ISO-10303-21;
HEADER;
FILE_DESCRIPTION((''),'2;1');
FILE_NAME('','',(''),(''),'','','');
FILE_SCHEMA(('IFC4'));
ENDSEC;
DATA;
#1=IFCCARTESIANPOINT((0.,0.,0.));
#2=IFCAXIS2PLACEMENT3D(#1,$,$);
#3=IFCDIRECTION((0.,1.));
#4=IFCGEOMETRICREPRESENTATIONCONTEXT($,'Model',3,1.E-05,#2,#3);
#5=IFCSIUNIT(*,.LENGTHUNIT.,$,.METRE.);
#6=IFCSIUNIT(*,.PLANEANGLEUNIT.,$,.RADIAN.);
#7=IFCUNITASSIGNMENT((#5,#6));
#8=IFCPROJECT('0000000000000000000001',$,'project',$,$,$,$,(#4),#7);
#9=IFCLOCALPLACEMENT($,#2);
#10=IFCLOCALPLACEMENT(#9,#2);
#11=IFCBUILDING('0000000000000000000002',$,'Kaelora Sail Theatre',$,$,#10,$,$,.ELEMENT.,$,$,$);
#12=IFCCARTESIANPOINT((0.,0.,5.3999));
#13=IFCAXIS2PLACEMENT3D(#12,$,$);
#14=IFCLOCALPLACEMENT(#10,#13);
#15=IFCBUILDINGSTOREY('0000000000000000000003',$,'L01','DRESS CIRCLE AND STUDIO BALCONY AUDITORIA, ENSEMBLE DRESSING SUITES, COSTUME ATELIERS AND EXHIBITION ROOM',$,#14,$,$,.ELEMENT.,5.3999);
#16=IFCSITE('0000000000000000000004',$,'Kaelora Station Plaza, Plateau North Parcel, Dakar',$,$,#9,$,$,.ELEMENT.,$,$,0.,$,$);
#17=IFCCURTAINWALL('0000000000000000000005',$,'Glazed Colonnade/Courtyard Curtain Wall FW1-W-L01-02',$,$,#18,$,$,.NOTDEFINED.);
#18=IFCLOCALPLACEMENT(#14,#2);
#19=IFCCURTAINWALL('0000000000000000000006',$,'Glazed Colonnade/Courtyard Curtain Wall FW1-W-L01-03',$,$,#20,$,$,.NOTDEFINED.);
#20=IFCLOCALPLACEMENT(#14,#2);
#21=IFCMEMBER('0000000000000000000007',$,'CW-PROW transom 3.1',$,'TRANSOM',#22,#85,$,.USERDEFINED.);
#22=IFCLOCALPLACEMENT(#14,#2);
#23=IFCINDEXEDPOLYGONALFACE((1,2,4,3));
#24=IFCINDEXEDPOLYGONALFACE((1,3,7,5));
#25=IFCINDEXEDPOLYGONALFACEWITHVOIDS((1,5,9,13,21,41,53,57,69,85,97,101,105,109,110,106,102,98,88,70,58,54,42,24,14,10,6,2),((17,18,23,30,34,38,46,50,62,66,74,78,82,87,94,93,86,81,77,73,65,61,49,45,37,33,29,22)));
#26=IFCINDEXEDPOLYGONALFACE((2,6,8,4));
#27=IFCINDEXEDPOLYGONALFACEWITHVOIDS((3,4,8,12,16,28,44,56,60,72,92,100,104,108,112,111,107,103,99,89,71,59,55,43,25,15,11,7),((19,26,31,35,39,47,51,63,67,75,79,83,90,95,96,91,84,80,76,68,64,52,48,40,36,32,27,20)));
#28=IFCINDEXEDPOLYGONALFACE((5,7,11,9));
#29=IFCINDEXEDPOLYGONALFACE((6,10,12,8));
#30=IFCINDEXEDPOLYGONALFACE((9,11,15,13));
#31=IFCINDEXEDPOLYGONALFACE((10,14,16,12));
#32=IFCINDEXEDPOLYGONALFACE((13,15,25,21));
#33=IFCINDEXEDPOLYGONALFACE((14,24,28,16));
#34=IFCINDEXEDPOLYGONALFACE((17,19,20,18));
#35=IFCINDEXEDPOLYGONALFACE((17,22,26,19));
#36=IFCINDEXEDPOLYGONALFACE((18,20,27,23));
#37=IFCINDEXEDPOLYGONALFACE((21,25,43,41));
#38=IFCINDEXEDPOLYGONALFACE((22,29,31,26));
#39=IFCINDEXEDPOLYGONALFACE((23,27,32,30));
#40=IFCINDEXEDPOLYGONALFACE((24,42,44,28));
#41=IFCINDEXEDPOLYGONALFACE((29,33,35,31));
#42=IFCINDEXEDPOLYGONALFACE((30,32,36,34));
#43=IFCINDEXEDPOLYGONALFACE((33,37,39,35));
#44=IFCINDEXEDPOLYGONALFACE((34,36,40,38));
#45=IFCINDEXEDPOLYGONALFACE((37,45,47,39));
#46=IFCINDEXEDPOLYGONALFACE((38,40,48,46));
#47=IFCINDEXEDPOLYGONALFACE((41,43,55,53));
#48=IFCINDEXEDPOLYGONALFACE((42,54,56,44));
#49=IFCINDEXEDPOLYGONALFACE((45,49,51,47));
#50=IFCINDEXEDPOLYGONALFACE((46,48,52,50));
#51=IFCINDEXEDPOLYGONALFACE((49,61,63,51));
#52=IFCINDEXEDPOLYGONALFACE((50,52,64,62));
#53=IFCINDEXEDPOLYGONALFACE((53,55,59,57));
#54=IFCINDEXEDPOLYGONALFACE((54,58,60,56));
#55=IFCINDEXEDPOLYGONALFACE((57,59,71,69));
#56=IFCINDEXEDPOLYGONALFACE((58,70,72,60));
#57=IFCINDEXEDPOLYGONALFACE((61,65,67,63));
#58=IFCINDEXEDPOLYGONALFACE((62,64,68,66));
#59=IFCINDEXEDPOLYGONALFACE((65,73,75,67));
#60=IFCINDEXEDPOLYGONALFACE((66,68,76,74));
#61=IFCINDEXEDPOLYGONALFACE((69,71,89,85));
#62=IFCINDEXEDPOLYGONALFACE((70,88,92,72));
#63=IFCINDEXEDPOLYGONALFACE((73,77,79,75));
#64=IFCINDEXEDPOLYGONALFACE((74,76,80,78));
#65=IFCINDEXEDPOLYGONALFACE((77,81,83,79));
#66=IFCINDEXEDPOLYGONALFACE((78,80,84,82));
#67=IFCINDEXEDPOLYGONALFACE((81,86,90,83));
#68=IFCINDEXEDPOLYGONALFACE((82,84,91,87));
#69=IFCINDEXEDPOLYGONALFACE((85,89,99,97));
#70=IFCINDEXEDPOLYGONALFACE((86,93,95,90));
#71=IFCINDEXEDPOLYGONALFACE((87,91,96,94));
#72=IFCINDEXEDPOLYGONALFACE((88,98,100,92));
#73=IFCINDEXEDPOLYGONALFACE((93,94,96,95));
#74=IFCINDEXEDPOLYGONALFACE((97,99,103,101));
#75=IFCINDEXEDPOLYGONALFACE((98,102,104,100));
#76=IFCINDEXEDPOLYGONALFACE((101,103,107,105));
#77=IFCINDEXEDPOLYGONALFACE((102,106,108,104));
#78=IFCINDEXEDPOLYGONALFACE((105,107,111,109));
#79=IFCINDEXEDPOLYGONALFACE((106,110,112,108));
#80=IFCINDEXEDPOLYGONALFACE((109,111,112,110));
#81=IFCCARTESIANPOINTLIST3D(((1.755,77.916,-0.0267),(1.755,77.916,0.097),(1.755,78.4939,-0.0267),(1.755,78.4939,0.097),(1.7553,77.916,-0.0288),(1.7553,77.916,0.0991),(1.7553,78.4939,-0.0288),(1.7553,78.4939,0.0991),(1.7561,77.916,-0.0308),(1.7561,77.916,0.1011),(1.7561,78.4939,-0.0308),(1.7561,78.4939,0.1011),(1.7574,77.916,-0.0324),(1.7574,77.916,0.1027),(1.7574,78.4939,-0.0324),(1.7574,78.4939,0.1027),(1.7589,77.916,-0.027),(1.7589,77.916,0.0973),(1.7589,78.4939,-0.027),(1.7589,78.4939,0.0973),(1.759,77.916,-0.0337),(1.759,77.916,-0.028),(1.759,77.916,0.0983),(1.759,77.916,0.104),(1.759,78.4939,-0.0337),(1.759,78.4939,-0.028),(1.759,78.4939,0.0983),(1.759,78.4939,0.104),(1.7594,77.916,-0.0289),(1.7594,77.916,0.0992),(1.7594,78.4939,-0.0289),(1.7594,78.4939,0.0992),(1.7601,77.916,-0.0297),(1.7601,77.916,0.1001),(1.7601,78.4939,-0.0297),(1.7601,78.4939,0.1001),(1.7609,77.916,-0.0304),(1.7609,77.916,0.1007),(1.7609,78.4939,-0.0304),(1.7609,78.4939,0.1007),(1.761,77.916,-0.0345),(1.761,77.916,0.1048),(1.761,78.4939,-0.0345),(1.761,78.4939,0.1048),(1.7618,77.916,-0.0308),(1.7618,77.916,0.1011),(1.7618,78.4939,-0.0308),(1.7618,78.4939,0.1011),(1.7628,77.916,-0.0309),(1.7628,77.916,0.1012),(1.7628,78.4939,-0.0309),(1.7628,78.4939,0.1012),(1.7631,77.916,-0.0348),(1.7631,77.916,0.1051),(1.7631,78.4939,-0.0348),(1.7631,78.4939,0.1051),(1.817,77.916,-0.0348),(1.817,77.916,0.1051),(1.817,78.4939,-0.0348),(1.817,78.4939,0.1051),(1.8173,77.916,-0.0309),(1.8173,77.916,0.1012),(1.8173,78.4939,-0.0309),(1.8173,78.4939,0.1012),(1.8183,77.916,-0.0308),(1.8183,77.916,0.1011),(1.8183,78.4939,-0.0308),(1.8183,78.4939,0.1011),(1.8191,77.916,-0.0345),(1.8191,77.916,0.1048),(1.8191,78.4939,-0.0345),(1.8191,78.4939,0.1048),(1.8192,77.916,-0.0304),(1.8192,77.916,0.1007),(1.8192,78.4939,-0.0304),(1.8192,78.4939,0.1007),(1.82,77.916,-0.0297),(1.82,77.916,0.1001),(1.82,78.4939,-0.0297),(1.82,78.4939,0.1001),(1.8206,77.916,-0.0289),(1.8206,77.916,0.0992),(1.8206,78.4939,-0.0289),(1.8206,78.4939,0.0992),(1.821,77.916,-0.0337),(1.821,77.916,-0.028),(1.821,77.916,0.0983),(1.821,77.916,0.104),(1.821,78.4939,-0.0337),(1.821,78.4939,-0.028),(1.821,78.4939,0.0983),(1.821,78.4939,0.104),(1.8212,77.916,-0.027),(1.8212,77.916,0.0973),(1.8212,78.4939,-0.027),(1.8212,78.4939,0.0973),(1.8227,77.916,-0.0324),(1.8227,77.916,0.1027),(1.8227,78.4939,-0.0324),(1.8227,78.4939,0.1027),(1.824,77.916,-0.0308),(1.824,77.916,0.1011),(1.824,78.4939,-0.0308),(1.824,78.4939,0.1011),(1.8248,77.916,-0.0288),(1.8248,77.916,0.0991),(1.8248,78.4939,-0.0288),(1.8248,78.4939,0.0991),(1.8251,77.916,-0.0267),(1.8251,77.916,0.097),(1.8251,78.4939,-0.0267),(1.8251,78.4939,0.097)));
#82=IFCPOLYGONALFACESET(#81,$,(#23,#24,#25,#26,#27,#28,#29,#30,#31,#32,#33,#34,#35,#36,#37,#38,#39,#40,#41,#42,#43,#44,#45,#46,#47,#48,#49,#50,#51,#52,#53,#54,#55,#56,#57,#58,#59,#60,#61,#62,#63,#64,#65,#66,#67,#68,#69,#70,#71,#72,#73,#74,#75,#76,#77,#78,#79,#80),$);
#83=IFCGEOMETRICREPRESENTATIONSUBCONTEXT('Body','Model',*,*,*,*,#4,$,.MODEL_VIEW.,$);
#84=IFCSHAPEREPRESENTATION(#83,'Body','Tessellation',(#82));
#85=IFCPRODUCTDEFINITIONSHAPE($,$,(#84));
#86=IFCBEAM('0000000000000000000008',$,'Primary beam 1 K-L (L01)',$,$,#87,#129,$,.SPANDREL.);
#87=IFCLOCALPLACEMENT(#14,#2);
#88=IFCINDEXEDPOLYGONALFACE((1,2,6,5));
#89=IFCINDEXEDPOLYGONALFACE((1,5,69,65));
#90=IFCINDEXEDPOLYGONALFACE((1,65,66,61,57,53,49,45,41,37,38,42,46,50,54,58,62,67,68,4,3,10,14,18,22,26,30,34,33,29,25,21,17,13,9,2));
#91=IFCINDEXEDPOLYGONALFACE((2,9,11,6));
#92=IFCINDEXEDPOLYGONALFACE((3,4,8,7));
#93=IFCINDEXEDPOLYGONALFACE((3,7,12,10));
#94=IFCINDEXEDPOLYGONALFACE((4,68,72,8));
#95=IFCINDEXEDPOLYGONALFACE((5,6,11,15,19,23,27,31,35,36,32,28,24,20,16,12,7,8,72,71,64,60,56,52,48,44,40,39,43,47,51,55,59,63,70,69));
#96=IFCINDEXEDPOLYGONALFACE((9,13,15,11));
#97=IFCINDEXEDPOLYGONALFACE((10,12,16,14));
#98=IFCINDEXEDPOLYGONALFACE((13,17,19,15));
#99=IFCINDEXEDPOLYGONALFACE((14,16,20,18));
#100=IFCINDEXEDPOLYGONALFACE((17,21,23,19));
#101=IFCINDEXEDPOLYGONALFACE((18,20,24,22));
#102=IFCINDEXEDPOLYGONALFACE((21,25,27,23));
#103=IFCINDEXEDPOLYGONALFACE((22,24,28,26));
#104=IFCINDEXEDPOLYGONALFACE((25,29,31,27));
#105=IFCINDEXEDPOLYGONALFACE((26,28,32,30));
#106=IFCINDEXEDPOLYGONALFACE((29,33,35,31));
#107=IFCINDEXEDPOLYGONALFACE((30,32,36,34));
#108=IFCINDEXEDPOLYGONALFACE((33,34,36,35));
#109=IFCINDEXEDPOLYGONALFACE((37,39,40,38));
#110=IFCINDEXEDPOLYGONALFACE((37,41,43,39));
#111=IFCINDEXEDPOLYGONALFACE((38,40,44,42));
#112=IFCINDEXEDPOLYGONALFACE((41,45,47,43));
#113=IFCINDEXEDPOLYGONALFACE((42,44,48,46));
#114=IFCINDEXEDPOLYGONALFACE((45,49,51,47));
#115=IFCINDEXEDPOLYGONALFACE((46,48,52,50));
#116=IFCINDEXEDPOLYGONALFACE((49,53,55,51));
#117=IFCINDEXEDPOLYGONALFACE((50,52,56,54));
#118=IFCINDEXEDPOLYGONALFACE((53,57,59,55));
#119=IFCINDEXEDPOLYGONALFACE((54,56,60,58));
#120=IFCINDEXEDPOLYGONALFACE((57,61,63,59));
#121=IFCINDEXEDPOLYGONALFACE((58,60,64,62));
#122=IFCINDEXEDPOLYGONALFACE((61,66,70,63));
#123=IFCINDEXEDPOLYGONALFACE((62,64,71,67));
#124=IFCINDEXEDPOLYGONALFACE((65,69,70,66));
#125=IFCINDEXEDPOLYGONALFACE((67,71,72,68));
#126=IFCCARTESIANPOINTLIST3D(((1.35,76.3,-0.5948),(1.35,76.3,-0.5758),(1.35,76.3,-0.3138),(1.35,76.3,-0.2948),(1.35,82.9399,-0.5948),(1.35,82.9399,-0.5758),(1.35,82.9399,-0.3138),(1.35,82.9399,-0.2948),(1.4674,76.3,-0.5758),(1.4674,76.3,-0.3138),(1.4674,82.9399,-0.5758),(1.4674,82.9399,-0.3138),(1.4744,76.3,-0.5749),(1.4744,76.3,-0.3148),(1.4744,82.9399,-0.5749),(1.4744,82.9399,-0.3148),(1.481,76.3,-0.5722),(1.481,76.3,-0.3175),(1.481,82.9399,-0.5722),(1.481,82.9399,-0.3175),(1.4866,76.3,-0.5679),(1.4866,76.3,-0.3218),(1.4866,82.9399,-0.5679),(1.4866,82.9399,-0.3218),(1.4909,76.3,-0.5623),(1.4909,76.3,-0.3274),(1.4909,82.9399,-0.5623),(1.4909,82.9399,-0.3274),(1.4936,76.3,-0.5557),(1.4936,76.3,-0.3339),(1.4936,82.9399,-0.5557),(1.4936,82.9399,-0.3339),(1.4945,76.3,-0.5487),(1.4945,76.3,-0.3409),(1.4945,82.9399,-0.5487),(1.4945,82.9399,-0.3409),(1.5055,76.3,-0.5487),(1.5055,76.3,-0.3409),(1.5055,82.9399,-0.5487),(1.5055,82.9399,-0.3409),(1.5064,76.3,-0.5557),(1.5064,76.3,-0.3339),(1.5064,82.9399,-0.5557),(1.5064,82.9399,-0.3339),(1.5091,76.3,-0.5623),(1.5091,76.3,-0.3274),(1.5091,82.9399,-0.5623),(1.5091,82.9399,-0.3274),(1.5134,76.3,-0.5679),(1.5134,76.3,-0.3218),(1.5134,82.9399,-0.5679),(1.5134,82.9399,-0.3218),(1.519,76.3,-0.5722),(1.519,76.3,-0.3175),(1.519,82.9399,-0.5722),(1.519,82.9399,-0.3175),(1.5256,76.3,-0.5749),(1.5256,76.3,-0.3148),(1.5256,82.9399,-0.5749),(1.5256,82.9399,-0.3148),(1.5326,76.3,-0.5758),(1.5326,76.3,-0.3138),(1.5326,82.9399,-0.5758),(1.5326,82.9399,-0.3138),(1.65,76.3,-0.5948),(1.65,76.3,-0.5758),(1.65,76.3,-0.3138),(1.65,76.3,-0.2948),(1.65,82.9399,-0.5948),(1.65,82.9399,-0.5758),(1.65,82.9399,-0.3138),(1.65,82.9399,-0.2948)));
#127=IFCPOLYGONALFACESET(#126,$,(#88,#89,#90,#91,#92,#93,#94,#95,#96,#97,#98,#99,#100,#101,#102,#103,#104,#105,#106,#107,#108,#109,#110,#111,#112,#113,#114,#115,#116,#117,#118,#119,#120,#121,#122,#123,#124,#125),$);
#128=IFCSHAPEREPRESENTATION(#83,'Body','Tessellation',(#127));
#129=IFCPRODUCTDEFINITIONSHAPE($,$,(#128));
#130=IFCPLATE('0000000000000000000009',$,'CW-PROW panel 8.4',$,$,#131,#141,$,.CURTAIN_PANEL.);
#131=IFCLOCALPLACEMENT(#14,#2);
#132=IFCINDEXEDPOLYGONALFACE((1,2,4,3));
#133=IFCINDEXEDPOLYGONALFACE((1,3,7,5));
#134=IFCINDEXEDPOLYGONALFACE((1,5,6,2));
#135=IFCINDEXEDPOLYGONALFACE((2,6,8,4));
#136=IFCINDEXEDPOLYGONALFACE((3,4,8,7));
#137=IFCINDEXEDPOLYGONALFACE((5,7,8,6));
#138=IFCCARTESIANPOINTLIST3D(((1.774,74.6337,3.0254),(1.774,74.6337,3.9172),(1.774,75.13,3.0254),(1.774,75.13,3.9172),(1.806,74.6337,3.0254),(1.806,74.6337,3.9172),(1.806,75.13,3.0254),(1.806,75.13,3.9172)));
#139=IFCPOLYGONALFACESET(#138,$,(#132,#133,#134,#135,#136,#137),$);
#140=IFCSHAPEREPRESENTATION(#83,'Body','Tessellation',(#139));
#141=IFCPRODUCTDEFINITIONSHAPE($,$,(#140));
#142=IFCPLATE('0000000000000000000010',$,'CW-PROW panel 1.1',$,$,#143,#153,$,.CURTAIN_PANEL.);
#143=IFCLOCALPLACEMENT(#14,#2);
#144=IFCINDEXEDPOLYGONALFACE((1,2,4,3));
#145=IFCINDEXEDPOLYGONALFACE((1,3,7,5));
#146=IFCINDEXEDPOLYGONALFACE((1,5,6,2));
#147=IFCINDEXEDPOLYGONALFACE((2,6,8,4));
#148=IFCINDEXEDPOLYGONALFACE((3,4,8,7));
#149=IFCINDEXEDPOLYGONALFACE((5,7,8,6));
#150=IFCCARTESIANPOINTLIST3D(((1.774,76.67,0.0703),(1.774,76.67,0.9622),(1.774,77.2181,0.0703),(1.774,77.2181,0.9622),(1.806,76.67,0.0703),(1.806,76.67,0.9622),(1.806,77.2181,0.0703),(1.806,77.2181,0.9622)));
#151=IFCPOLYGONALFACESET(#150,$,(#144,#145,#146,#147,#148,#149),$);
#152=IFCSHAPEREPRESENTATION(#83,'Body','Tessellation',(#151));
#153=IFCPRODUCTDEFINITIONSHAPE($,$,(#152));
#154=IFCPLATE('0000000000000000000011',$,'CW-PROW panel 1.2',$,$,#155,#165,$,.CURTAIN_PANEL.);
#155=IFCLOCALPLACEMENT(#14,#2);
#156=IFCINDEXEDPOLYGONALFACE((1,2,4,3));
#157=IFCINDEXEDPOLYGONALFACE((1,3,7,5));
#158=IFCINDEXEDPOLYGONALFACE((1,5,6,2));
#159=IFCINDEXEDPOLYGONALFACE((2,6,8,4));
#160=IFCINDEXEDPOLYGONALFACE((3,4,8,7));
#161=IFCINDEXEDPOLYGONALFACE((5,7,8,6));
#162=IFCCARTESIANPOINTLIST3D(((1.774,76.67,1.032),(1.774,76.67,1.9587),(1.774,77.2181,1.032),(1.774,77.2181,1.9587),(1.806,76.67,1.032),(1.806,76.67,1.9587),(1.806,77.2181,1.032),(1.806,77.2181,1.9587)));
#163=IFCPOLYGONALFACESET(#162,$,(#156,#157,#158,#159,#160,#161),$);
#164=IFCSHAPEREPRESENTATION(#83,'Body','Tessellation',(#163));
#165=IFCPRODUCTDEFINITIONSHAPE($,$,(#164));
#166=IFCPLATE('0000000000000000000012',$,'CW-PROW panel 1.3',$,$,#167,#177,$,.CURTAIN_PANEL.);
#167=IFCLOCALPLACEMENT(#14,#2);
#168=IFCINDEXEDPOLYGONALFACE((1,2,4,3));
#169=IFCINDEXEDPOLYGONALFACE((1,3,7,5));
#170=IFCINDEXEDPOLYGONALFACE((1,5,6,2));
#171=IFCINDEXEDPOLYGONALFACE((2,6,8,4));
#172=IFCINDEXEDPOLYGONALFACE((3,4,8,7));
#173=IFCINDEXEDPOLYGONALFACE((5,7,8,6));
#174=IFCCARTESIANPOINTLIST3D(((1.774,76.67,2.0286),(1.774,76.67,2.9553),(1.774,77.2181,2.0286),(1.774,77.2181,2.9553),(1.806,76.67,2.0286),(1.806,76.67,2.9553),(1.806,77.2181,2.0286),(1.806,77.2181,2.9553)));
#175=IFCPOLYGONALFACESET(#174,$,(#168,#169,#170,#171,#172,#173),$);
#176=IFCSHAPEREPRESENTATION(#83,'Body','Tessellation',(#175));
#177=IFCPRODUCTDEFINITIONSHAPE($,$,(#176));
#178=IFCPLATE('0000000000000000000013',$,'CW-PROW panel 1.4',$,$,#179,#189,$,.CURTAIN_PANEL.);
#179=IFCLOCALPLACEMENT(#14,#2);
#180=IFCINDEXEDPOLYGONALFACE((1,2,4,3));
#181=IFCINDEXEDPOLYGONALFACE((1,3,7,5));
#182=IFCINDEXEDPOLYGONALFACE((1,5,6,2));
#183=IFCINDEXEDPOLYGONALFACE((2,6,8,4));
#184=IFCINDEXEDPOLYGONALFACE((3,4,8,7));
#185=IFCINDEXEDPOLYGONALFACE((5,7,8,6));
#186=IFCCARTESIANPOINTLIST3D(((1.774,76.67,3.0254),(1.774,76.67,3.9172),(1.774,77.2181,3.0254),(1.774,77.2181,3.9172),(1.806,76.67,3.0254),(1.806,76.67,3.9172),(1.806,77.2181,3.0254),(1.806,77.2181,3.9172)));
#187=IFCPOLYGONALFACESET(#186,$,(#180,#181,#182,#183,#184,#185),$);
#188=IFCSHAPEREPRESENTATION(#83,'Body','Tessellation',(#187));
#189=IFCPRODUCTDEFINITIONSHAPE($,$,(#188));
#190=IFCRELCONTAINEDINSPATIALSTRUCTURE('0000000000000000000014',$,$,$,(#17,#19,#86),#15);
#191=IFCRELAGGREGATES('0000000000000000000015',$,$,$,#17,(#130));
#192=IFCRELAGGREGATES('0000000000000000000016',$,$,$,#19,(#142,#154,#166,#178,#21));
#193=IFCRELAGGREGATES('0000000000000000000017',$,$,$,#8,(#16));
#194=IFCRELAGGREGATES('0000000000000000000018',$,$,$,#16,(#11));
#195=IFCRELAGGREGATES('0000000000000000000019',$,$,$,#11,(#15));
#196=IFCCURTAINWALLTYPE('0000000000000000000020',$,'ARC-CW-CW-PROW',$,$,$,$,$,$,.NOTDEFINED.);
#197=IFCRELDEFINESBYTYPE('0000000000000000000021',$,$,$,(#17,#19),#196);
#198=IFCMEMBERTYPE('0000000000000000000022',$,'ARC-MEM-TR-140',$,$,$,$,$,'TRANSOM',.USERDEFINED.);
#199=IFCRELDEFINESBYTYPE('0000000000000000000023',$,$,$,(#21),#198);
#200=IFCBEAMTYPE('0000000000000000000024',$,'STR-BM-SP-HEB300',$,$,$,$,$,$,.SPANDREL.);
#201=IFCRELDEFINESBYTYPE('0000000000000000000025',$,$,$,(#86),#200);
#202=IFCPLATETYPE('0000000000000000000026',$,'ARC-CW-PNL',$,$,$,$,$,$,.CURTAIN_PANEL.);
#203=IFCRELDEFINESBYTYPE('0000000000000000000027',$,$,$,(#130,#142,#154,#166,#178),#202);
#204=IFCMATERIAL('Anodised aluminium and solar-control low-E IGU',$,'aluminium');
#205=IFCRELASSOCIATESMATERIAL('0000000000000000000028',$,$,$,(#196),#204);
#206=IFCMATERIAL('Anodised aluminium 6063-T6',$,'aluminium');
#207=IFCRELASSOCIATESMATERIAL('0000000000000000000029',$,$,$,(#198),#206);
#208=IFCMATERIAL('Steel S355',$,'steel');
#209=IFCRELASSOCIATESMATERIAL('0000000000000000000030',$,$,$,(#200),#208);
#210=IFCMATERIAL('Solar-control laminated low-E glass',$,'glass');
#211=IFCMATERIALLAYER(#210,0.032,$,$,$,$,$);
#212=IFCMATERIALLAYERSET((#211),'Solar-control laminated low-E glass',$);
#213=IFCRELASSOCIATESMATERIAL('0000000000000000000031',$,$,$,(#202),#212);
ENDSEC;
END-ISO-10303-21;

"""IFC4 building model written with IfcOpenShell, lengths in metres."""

from ifc_helpers import new_model, si_unit, direction, frame, origin, origin_2d, place, context, subcontext, project, spatial, rectangle, hollow_rectangle, i_section, extrude, material, layer, layer_set, material_profile, profile_set, type_object, element, aggregate, save


model = new_model("IFC4")

# Units and contexts
model_context = context("Model", 3, precision=1e-05, world=origin(), true_north=direction((0.0, 1.0)))
body_context = subcontext(model_context, "Body", "Model", "MODEL_VIEW")
ifc_project = project(units=[si_unit("LENGTHUNIT", "METRE"), si_unit("PLANEANGLEUNIT", "RADIAN")], contexts=[model_context])

# Site, building, storey
site_placement = place(None, origin())
site = spatial("IfcSite", under=ifc_project, at=site_placement, Name="Kaelora Station Plaza, Plateau North Parcel, Dakar", CompositionType="ELEMENT", RefElevation=0.0)
building_placement = place(site_placement, origin())
building = spatial("IfcBuilding", under=site, at=building_placement, Name="Kaelora Sail Theatre", CompositionType="ELEMENT")
storey_placement = place(building_placement, frame((0.0, 0.0, 5.3999)))
storey = spatial("IfcBuildingStorey", under=building, at=storey_placement, Name="L01", Description="DRESS CIRCLE AND STUDIO BALCONY AUDITORIA, ENSEMBLE DRESSING SUITES, COSTUME ATELIERS AND EXHIBITION ROOM", CompositionType="ELEMENT", Elevation=5.3999)

# Curtain wall
ifc_material_1 = material(Name="Anodised aluminium and solar-control low-E IGU", Category="aluminium")
curtain_wall_type = type_object("IfcCurtainWallType", Name="ARC-CW-CW-PROW", PredefinedType="NOTDEFINED", material=ifc_material_1)
curtain_wall_1_placement = place(storey_placement, origin())
curtain_wall_1 = element("IfcCurtainWall", 1, at=curtain_wall_1_placement, inside=storey, type_object=curtain_wall_type, Name="Glazed Colonnade/Courtyard Curtain Wall FW1-W-L01-02", PredefinedType="NOTDEFINED")

# Curtain wall, member
curtain_wall_2_placement = place(storey_placement, origin())
curtain_wall_2 = element("IfcCurtainWall", 2, at=curtain_wall_2_placement, inside=storey, type_object=curtain_wall_type, Name="Glazed Colonnade/Courtyard Curtain Wall FW1-W-L01-03", PredefinedType="NOTDEFINED")
ifc_material_2 = material(Name="Anodised aluminium 6063-T6", Category="aluminium")
ifc_material_profile_1 = material_profile(ifc_material_2, hollow_rectangle(XDim=0.0701, YDim=0.1399, WallThickness=0.0039, InnerFilletRadius=0.0039, OuterFilletRadius=0.0081, at=origin_2d()), Name="ALU-TRAN 70x140x4")
ifc_profile_set_1 = profile_set([ifc_material_profile_1], Name="Anodised aluminium 6063-T6")
member_type_1 = type_object("IfcMemberType", Name="ARC-MEM-TR-140", ElementType="TRANSOM", PredefinedType="USERDEFINED", material=ifc_profile_set_1)
member_1_placement = place(storey_placement, frame((1.79, 77.916, 0.0352), z_axis=(0.0, 1.0, 0.0), x_axis=(-1.0, 0.0, 0.0)))
member_1 = element("IfcMember", 3, at=member_1_placement, type_object=member_type_1, Name="CW-PROW transom 3.1", ObjectType="TRANSOM", PredefinedType="USERDEFINED", context=body_context, shape_type="SweptSolid", body=[
    extrude(hollow_rectangle(XDim=0.0701, YDim=0.1399, WallThickness=0.0039, InnerFilletRadius=0.0039, OuterFilletRadius=0.0081, at=origin_2d()), origin(), (0.0, 0.0, 1.0), 0.5779),
])

# Beam
ifc_material_3 = material(Name="Steel S355", Category="steel")
ifc_material_profile_2 = material_profile(ifc_material_3, i_section(OverallWidth=0.3, OverallDepth=0.3, WebThickness=0.011, FlangeThickness=0.019, FilletRadius=0.0271, at=origin_2d()), Name="HEB 300")
ifc_profile_set_2 = profile_set([ifc_material_profile_2], Name="Steel S355")
beam_type = type_object("IfcBeamType", Name="STR-BM-SP-HEB300", PredefinedType="SPANDREL", material=ifc_profile_set_2)
beam_placement = place(storey_placement, frame((1.5, 76.3, -0.4448), z_axis=(0.0, 1.0, 0.0), x_axis=(-1.0, 0.0, 0.0)))
element("IfcBeam", 4, at=beam_placement, inside=storey, type_object=beam_type, Name="Primary beam 1 K-L (L01)", PredefinedType="SPANDREL", context=body_context, shape_type="SweptSolid", body=[
    extrude(i_section(OverallWidth=0.3, OverallDepth=0.3, WebThickness=0.011, FlangeThickness=0.019, FilletRadius=0.0271, at=origin_2d()), origin(), (0.0, 0.0, 1.0), 6.6399),
])

# Plates
ifc_material_4 = material(Name="Solar-control laminated low-E glass", Category="glass")
ifc_layer = layer(ifc_material_4, 0.032)
ifc_layer_set = layer_set([ifc_layer], Name="Solar-control laminated low-E glass")
plate_type = type_object("IfcPlateType", Name="ARC-CW-PNL", PredefinedType="CURTAIN_PANEL", material=ifc_layer_set)
plate_1_placement = place(storey_placement, frame((1.79, 74.8818, 3.0254), z_axis=(0.0, 0.0, 1.0), x_axis=(0.0, 1.0, 0.0)))
plate_1 = element("IfcPlate", 5, at=plate_1_placement, type_object=plate_type, Name="CW-PROW panel 8.4", PredefinedType="CURTAIN_PANEL", context=body_context, shape_type="SweptSolid", body=[
    extrude(rectangle(XDim=0.4963, YDim=0.032, at=origin_2d()), origin(), (0.0, 0.0, 1.0), 0.8918),
])
aggregate(curtain_wall_1, [plate_1])
plate_2_placement = place(storey_placement, frame((1.79, 76.9441, 0.0703), z_axis=(0.0, 0.0, 1.0), x_axis=(0.0, 1.0, 0.0)))
plate_2 = element("IfcPlate", 6, at=plate_2_placement, type_object=plate_type, Name="CW-PROW panel 1.1", PredefinedType="CURTAIN_PANEL", context=body_context, shape_type="SweptSolid", body=[
    extrude(rectangle(XDim=0.5481, YDim=0.032, at=origin_2d()), origin(), (0.0, 0.0, 1.0), 0.8918),
])
plate_3_placement = place(storey_placement, frame((1.79, 76.9441, 1.032), z_axis=(0.0, 0.0, 1.0), x_axis=(0.0, 1.0, 0.0)))
plate_3 = element("IfcPlate", 7, at=plate_3_placement, type_object=plate_type, Name="CW-PROW panel 1.2", PredefinedType="CURTAIN_PANEL", context=body_context, shape_type="SweptSolid", body=[
    extrude(rectangle(XDim=0.5481, YDim=0.032, at=origin_2d()), origin(), (0.0, 0.0, 1.0), 0.9268),
])
plate_4_placement = place(storey_placement, frame((1.79, 76.9441, 2.0286), z_axis=(0.0, 0.0, 1.0), x_axis=(0.0, 1.0, 0.0)))
plate_4 = element("IfcPlate", 8, at=plate_4_placement, type_object=plate_type, Name="CW-PROW panel 1.3", PredefinedType="CURTAIN_PANEL", context=body_context, shape_type="SweptSolid", body=[
    extrude(rectangle(XDim=0.5481, YDim=0.032, at=origin_2d()), origin(), (0.0, 0.0, 1.0), 0.9268),
])
plate_5_placement = place(storey_placement, frame((1.79, 76.9441, 3.0254), z_axis=(0.0, 0.0, 1.0), x_axis=(0.0, 1.0, 0.0)))
plate_5 = element("IfcPlate", 9, at=plate_5_placement, type_object=plate_type, Name="CW-PROW panel 1.4", PredefinedType="CURTAIN_PANEL", context=body_context, shape_type="SweptSolid", body=[
    extrude(rectangle(XDim=0.5481, YDim=0.032, at=origin_2d()), origin(), (0.0, 0.0, 1.0), 0.8918),
])
aggregate(curtain_wall_2, [plate_2, plate_3, plate_4, plate_5, member_1])

save(model, "model.ifc")
